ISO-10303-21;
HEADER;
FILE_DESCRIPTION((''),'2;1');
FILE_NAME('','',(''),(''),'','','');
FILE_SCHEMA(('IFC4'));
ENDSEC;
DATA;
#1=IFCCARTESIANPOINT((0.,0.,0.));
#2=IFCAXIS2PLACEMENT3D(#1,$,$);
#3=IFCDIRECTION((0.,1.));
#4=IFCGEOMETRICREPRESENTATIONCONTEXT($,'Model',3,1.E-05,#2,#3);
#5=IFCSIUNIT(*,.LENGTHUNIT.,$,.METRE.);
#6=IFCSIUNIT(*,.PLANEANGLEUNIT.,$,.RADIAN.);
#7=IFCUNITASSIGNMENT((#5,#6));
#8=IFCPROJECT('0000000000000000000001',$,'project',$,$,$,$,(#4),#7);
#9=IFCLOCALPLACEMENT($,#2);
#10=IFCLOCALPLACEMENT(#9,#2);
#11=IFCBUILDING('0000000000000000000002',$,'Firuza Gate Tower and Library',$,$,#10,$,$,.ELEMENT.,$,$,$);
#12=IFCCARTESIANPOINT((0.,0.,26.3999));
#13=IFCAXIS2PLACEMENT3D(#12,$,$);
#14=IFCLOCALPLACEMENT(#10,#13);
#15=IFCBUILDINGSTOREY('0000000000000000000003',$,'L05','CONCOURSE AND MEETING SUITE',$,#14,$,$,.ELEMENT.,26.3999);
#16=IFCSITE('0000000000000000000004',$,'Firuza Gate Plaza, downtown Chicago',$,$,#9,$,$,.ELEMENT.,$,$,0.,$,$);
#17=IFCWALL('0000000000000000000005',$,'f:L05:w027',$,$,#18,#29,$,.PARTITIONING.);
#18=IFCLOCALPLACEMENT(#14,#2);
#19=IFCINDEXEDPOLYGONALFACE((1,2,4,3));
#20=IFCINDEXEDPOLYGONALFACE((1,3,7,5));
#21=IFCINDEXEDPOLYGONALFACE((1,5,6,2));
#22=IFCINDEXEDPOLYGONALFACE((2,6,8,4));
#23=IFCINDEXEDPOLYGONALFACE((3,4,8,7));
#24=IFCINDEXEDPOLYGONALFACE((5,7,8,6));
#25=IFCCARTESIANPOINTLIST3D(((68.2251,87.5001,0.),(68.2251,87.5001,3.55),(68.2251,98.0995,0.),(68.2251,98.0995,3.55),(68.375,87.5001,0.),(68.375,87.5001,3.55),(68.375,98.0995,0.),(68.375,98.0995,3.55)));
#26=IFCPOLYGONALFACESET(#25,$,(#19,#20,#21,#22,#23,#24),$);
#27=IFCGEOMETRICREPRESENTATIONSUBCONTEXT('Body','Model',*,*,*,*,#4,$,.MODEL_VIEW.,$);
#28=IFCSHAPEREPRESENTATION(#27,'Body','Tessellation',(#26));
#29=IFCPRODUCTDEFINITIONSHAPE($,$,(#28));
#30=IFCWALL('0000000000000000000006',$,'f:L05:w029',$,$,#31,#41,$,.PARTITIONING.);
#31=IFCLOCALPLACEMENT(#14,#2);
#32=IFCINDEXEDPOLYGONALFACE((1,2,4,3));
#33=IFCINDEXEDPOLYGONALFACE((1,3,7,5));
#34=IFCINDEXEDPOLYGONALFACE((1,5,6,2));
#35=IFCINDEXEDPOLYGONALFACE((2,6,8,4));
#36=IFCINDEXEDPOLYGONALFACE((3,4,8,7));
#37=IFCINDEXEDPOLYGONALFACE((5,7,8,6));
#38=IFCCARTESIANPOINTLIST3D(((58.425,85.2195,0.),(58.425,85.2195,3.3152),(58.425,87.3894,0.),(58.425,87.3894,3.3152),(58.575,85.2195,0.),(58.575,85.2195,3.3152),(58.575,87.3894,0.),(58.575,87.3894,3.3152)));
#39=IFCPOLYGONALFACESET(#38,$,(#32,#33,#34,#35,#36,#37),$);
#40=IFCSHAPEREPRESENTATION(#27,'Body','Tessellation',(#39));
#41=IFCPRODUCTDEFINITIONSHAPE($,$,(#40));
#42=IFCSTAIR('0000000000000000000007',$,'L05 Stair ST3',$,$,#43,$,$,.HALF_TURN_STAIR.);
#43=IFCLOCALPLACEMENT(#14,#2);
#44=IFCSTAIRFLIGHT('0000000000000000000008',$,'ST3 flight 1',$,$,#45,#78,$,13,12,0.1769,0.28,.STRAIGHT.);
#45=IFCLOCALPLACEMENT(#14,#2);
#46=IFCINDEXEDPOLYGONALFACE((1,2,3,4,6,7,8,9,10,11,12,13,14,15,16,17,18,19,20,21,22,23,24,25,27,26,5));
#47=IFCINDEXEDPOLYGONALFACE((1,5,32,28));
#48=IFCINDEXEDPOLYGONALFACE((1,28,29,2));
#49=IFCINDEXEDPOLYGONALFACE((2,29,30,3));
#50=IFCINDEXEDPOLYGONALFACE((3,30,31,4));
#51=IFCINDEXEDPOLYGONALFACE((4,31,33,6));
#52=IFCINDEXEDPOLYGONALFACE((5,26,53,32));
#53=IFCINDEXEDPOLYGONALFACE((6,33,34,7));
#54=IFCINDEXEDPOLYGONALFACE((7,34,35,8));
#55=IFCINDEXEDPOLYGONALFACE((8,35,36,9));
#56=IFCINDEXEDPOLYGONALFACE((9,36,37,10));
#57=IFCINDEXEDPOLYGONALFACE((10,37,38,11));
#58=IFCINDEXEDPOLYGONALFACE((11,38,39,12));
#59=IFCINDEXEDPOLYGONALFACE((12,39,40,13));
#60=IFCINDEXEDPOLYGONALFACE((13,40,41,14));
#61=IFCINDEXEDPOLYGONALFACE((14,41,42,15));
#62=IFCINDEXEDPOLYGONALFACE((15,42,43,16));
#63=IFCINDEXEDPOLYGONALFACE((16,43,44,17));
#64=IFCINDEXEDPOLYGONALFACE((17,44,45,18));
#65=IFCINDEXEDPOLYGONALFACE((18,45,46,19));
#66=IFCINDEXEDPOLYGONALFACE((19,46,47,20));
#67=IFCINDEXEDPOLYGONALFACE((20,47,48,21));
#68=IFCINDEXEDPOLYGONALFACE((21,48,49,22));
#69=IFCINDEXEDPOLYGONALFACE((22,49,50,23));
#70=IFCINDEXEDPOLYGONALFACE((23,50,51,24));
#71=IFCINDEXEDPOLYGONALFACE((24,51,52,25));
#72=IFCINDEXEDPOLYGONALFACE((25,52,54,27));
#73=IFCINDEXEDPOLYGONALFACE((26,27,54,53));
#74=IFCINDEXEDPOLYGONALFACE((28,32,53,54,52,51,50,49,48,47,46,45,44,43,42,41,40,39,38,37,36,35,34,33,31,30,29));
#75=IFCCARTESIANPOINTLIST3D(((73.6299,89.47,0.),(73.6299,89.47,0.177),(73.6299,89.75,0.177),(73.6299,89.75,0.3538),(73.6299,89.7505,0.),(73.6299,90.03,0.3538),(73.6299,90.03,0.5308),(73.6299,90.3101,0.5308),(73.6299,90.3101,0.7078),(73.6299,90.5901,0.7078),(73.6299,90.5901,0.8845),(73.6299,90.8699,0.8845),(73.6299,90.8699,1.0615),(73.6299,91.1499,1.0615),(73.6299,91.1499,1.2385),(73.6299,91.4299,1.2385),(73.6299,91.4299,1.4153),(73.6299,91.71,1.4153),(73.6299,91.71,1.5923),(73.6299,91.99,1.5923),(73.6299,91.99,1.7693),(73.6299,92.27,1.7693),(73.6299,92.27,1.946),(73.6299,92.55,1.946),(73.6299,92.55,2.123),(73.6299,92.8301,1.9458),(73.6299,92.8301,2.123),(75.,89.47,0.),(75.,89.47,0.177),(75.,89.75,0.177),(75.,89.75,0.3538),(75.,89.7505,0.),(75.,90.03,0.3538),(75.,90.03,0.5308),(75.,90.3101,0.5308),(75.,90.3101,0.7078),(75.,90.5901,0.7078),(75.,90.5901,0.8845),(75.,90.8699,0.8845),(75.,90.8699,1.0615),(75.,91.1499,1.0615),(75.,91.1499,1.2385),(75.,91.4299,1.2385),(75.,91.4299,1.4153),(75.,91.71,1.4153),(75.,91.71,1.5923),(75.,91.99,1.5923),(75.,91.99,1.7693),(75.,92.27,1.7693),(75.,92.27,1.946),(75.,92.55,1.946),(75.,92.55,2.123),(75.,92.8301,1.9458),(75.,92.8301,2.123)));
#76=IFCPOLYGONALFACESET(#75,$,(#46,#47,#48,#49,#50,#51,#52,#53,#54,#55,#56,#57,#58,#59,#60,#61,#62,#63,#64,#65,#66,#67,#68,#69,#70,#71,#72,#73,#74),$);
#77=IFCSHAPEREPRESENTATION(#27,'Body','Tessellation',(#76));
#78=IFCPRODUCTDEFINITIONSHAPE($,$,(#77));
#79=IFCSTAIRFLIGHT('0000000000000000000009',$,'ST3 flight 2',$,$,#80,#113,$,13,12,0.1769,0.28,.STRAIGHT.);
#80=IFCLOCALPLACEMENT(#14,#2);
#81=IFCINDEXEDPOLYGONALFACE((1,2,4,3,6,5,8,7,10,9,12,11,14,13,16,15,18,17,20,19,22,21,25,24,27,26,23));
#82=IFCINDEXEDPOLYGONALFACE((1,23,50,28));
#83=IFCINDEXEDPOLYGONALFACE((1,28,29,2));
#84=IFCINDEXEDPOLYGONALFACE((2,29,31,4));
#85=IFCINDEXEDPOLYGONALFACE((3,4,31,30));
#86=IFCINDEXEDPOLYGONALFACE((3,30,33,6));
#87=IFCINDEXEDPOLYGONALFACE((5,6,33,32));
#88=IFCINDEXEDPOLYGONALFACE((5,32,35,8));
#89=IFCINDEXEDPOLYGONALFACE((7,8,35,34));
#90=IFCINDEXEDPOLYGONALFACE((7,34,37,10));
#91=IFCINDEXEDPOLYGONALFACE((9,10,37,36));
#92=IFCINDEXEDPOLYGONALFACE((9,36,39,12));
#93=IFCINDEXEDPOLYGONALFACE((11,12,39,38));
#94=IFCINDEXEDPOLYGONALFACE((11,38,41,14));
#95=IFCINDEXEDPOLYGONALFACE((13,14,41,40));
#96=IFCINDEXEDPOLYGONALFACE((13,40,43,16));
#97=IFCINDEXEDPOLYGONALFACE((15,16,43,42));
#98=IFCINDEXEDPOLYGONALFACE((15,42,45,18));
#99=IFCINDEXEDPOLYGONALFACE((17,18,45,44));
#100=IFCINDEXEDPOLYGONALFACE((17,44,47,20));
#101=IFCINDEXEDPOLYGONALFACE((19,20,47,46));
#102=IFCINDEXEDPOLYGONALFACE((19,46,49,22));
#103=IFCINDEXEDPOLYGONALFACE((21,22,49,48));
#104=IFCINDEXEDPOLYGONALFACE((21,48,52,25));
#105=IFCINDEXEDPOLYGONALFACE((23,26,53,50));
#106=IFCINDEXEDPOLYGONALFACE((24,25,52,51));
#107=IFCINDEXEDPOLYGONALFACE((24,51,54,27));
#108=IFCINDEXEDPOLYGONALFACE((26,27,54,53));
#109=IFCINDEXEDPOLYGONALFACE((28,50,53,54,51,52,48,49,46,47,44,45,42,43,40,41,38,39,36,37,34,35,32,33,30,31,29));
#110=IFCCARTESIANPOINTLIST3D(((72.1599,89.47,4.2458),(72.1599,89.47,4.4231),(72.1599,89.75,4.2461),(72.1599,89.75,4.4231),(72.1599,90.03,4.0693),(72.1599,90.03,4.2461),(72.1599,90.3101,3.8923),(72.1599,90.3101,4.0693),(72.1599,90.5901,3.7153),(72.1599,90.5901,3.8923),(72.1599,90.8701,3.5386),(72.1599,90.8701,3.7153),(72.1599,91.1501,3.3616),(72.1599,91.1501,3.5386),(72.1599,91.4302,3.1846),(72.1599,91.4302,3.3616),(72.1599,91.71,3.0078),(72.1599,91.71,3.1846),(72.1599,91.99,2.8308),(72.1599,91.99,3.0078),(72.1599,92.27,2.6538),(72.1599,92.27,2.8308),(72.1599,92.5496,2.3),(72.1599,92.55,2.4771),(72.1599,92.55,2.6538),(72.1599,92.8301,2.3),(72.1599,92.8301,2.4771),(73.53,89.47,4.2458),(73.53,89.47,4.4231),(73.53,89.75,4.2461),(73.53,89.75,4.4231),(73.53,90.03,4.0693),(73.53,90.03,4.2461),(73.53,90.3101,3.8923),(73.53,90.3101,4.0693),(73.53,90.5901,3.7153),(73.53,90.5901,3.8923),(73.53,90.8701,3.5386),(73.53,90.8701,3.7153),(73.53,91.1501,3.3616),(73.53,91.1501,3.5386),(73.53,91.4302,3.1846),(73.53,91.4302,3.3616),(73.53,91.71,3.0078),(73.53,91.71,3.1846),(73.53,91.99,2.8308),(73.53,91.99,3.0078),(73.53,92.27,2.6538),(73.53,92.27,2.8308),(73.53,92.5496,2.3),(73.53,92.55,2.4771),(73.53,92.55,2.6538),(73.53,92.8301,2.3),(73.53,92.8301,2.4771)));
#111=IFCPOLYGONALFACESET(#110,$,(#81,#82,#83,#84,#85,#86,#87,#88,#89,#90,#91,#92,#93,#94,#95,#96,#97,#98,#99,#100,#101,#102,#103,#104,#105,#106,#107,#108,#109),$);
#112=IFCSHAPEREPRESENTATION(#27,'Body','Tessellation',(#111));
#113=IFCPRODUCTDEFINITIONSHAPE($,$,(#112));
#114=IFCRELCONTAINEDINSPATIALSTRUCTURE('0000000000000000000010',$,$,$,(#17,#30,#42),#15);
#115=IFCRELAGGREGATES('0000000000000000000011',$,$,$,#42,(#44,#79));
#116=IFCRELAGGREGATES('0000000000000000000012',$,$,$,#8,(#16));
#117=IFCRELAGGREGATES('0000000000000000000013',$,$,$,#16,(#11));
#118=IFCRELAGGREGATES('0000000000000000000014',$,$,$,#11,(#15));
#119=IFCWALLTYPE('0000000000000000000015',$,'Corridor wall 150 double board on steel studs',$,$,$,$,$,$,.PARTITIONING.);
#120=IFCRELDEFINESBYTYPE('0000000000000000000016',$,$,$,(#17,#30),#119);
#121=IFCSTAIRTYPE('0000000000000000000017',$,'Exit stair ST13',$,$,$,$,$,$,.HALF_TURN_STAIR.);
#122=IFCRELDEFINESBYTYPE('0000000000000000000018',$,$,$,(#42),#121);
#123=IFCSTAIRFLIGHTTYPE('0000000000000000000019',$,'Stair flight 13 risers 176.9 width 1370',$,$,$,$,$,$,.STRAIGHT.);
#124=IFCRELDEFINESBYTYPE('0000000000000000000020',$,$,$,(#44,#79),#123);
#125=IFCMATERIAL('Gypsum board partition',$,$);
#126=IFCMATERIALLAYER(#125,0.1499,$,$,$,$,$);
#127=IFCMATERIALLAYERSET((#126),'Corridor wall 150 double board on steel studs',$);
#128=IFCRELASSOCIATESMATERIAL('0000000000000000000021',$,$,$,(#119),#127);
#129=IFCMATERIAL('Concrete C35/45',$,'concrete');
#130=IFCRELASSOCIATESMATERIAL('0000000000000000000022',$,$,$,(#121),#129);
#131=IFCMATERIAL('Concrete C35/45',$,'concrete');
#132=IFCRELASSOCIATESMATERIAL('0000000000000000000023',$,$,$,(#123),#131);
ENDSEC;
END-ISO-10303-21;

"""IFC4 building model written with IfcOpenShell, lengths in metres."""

from ifc_helpers import new_model, si_unit, direction, frame, frame_2d, origin, place, context, subcontext, project, spatial, polyline, rectangle, outline, extrude, material, layer, layer_set, type_object, element, aggregate, save


model = new_model("IFC4")

# Units and contexts
model_context = context("Model", 3, precision=1e-05, world=origin(), true_north=direction((0.0, 1.0)))
body_context = subcontext(model_context, "Body", "Model", "MODEL_VIEW")
ifc_project = project(units=[si_unit("LENGTHUNIT", "METRE"), si_unit("PLANEANGLEUNIT", "RADIAN")], contexts=[model_context])

# Site, building, storey
site_placement = place(None, origin())
site = spatial("IfcSite", under=ifc_project, at=site_placement, Name="Firuza Gate Plaza, downtown Chicago", CompositionType="ELEMENT", RefElevation=0.0)
building_placement = place(site_placement, origin())
building = spatial("IfcBuilding", under=site, at=building_placement, Name="Firuza Gate Tower and Library", CompositionType="ELEMENT")
storey_placement = place(building_placement, frame((0.0, 0.0, 26.3999)))
storey = spatial("IfcBuildingStorey", under=building, at=storey_placement, Name="L05", Description="CONCOURSE AND MEETING SUITE", CompositionType="ELEMENT", Elevation=26.3999)

# Shared definitions
placement = place(storey_placement, origin())

# Shared definitions
ifc_material_1 = material(Name="Gypsum board partition")
ifc_layer_1 = layer(ifc_material_1, 0.1499)
ifc_layer_set_1 = layer_set([ifc_layer_1], Name="Corridor wall 150 double board on steel studs")
wall_type_1 = type_object("IfcWallType", Name="Corridor wall 150 double board on steel studs", PredefinedType="PARTITIONING", material=ifc_layer_set_1)

# Walls
wall_1_placement = place(storey_placement, frame((68.3, 87.5, 0.0), z_axis=(0.0, 0.0, 1.0), x_axis=(0.0, 1.0, 0.0)))
element("IfcWall", 1, at=wall_1_placement, inside=storey, type_object=wall_type_1, Name="f:L05:w027", PredefinedType="PARTITIONING", context=body_context, shape_type="SweptSolid", body=[
    extrude(rectangle(XDim=10.5994, YDim=0.1499, at=frame_2d((5.2998, 0.0))), origin(), (0.0, 0.0, 1.0), 3.55),
])
wall_2_placement = place(storey_placement, frame((58.5, 85.2195, 0.0), z_axis=(0.0, 0.0, 1.0), x_axis=(0.0, 1.0, 0.0)))
element("IfcWall", 2, at=wall_2_placement, inside=storey, type_object=wall_type_1, Name="f:L05:w029", PredefinedType="PARTITIONING", context=body_context, shape_type="SweptSolid", body=[
    extrude(rectangle(XDim=2.1699, YDim=0.1499, at=frame_2d((1.085, 0.0))), origin(), (0.0, 0.0, 1.0), 3.3152),
])

# Stair, stair flights
ifc_material_2 = material(Name="Concrete C35/45", Category="concrete")
stair_type = type_object("IfcStairType", Name="Exit stair ST13", PredefinedType="HALF_TURN_STAIR", material=ifc_material_2)
stair = element("IfcStair", 3, at=placement, inside=storey, type_object=stair_type, Name="L05 Stair ST3", PredefinedType="HALF_TURN_STAIR")
ifc_material_3 = material(Name="Concrete C35/45", Category="concrete")
stair_flight_type = type_object("IfcStairFlightType", Name="Stair flight 13 risers 176.9 width 1370", PredefinedType="STRAIGHT", material=ifc_material_3)
stair_flight_1_placement = place(storey_placement, frame((74.3149, 89.47, 0.0), z_axis=(0.0, 0.0, 1.0), x_axis=(0.0, 1.0, 0.0)))
stair_flight_1 = element("IfcStairFlight", 4, at=stair_flight_1_placement, type_object=stair_flight_type, Name="ST3 flight 1", NumberOfRisers=13, NumberOfTreads=12, PredefinedType="STRAIGHT", RiserHeight=0.1769, TreadLength=0.28, context=body_context, shape_type="SweptSolid", body=[
    extrude(outline(polyline([(0.0, 0.0), (0.0, 0.177), (0.28, 0.177), (0.28, 0.3538), (0.5601, 0.3538), (0.5601, 0.5308), (0.8401, 0.5308), (0.8401, 0.7078), (1.1201, 0.7078), (1.1201, 0.8845), (1.3999, 0.8845), (1.3999, 1.0615), (1.6799, 1.0615), (1.6799, 1.2385), (1.96, 1.2385), (1.96, 1.4153), (2.24, 1.4153), (2.24, 1.5923), (2.52, 1.5923), (2.52, 1.7693), (2.8, 1.7693), (2.8, 1.946), (3.0801, 1.946), (3.0801, 2.123), (3.3601, 2.123), (3.3601, 2.3), (3.3601, 1.9458), (0.2805, 0.0), (0.0, 0.0)])), frame((0.0, 0.6851, 0.0), z_axis=(0.0, -1.0, 0.0), x_axis=(1.0, 0.0, 0.0)), (0.0, 0.0, 1.0), 1.3701),
])
stair_flight_2_placement = place(storey_placement, frame((72.845, 92.8301, 2.3), z_axis=(0.0, 0.0, 1.0), x_axis=(0.0, -1.0, 0.0)))
stair_flight_2 = element("IfcStairFlight", 5, at=stair_flight_2_placement, type_object=stair_flight_type, Name="ST3 flight 2", NumberOfRisers=13, NumberOfTreads=12, PredefinedType="STRAIGHT", RiserHeight=0.1769, TreadLength=0.28, context=body_context, shape_type="SweptSolid", body=[
    extrude(outline(polyline([(0.0, 0.0), (0.0, 0.177), (0.28, 0.177), (0.28, 0.3538), (0.5601, 0.3538), (0.5601, 0.5308), (0.8401, 0.5308), (0.8401, 0.7078), (1.1201, 0.7078), (1.1201, 0.8845), (1.3999, 0.8845), (1.3999, 1.0615), (1.6799, 1.0615), (1.6799, 1.2385), (1.96, 1.2385), (1.96, 1.4153), (2.24, 1.4153), (2.24, 1.5923), (2.52, 1.5923), (2.52, 1.7693), (2.8, 1.7693), (2.8, 1.946), (3.0801, 1.946), (3.0801, 2.123), (3.3601, 2.123), (3.3601, 2.3), (3.3601, 1.9458), (0.2805, 0.0), (0.0, 0.0)])), frame((0.0, 0.6851, 0.0), z_axis=(0.0, -1.0, 0.0), x_axis=(1.0, 0.0, 0.0)), (0.0, 0.0, 1.0), 1.3701),
])
aggregate(stair, [stair_flight_1, stair_flight_2])

save(model, "model.ifc")
